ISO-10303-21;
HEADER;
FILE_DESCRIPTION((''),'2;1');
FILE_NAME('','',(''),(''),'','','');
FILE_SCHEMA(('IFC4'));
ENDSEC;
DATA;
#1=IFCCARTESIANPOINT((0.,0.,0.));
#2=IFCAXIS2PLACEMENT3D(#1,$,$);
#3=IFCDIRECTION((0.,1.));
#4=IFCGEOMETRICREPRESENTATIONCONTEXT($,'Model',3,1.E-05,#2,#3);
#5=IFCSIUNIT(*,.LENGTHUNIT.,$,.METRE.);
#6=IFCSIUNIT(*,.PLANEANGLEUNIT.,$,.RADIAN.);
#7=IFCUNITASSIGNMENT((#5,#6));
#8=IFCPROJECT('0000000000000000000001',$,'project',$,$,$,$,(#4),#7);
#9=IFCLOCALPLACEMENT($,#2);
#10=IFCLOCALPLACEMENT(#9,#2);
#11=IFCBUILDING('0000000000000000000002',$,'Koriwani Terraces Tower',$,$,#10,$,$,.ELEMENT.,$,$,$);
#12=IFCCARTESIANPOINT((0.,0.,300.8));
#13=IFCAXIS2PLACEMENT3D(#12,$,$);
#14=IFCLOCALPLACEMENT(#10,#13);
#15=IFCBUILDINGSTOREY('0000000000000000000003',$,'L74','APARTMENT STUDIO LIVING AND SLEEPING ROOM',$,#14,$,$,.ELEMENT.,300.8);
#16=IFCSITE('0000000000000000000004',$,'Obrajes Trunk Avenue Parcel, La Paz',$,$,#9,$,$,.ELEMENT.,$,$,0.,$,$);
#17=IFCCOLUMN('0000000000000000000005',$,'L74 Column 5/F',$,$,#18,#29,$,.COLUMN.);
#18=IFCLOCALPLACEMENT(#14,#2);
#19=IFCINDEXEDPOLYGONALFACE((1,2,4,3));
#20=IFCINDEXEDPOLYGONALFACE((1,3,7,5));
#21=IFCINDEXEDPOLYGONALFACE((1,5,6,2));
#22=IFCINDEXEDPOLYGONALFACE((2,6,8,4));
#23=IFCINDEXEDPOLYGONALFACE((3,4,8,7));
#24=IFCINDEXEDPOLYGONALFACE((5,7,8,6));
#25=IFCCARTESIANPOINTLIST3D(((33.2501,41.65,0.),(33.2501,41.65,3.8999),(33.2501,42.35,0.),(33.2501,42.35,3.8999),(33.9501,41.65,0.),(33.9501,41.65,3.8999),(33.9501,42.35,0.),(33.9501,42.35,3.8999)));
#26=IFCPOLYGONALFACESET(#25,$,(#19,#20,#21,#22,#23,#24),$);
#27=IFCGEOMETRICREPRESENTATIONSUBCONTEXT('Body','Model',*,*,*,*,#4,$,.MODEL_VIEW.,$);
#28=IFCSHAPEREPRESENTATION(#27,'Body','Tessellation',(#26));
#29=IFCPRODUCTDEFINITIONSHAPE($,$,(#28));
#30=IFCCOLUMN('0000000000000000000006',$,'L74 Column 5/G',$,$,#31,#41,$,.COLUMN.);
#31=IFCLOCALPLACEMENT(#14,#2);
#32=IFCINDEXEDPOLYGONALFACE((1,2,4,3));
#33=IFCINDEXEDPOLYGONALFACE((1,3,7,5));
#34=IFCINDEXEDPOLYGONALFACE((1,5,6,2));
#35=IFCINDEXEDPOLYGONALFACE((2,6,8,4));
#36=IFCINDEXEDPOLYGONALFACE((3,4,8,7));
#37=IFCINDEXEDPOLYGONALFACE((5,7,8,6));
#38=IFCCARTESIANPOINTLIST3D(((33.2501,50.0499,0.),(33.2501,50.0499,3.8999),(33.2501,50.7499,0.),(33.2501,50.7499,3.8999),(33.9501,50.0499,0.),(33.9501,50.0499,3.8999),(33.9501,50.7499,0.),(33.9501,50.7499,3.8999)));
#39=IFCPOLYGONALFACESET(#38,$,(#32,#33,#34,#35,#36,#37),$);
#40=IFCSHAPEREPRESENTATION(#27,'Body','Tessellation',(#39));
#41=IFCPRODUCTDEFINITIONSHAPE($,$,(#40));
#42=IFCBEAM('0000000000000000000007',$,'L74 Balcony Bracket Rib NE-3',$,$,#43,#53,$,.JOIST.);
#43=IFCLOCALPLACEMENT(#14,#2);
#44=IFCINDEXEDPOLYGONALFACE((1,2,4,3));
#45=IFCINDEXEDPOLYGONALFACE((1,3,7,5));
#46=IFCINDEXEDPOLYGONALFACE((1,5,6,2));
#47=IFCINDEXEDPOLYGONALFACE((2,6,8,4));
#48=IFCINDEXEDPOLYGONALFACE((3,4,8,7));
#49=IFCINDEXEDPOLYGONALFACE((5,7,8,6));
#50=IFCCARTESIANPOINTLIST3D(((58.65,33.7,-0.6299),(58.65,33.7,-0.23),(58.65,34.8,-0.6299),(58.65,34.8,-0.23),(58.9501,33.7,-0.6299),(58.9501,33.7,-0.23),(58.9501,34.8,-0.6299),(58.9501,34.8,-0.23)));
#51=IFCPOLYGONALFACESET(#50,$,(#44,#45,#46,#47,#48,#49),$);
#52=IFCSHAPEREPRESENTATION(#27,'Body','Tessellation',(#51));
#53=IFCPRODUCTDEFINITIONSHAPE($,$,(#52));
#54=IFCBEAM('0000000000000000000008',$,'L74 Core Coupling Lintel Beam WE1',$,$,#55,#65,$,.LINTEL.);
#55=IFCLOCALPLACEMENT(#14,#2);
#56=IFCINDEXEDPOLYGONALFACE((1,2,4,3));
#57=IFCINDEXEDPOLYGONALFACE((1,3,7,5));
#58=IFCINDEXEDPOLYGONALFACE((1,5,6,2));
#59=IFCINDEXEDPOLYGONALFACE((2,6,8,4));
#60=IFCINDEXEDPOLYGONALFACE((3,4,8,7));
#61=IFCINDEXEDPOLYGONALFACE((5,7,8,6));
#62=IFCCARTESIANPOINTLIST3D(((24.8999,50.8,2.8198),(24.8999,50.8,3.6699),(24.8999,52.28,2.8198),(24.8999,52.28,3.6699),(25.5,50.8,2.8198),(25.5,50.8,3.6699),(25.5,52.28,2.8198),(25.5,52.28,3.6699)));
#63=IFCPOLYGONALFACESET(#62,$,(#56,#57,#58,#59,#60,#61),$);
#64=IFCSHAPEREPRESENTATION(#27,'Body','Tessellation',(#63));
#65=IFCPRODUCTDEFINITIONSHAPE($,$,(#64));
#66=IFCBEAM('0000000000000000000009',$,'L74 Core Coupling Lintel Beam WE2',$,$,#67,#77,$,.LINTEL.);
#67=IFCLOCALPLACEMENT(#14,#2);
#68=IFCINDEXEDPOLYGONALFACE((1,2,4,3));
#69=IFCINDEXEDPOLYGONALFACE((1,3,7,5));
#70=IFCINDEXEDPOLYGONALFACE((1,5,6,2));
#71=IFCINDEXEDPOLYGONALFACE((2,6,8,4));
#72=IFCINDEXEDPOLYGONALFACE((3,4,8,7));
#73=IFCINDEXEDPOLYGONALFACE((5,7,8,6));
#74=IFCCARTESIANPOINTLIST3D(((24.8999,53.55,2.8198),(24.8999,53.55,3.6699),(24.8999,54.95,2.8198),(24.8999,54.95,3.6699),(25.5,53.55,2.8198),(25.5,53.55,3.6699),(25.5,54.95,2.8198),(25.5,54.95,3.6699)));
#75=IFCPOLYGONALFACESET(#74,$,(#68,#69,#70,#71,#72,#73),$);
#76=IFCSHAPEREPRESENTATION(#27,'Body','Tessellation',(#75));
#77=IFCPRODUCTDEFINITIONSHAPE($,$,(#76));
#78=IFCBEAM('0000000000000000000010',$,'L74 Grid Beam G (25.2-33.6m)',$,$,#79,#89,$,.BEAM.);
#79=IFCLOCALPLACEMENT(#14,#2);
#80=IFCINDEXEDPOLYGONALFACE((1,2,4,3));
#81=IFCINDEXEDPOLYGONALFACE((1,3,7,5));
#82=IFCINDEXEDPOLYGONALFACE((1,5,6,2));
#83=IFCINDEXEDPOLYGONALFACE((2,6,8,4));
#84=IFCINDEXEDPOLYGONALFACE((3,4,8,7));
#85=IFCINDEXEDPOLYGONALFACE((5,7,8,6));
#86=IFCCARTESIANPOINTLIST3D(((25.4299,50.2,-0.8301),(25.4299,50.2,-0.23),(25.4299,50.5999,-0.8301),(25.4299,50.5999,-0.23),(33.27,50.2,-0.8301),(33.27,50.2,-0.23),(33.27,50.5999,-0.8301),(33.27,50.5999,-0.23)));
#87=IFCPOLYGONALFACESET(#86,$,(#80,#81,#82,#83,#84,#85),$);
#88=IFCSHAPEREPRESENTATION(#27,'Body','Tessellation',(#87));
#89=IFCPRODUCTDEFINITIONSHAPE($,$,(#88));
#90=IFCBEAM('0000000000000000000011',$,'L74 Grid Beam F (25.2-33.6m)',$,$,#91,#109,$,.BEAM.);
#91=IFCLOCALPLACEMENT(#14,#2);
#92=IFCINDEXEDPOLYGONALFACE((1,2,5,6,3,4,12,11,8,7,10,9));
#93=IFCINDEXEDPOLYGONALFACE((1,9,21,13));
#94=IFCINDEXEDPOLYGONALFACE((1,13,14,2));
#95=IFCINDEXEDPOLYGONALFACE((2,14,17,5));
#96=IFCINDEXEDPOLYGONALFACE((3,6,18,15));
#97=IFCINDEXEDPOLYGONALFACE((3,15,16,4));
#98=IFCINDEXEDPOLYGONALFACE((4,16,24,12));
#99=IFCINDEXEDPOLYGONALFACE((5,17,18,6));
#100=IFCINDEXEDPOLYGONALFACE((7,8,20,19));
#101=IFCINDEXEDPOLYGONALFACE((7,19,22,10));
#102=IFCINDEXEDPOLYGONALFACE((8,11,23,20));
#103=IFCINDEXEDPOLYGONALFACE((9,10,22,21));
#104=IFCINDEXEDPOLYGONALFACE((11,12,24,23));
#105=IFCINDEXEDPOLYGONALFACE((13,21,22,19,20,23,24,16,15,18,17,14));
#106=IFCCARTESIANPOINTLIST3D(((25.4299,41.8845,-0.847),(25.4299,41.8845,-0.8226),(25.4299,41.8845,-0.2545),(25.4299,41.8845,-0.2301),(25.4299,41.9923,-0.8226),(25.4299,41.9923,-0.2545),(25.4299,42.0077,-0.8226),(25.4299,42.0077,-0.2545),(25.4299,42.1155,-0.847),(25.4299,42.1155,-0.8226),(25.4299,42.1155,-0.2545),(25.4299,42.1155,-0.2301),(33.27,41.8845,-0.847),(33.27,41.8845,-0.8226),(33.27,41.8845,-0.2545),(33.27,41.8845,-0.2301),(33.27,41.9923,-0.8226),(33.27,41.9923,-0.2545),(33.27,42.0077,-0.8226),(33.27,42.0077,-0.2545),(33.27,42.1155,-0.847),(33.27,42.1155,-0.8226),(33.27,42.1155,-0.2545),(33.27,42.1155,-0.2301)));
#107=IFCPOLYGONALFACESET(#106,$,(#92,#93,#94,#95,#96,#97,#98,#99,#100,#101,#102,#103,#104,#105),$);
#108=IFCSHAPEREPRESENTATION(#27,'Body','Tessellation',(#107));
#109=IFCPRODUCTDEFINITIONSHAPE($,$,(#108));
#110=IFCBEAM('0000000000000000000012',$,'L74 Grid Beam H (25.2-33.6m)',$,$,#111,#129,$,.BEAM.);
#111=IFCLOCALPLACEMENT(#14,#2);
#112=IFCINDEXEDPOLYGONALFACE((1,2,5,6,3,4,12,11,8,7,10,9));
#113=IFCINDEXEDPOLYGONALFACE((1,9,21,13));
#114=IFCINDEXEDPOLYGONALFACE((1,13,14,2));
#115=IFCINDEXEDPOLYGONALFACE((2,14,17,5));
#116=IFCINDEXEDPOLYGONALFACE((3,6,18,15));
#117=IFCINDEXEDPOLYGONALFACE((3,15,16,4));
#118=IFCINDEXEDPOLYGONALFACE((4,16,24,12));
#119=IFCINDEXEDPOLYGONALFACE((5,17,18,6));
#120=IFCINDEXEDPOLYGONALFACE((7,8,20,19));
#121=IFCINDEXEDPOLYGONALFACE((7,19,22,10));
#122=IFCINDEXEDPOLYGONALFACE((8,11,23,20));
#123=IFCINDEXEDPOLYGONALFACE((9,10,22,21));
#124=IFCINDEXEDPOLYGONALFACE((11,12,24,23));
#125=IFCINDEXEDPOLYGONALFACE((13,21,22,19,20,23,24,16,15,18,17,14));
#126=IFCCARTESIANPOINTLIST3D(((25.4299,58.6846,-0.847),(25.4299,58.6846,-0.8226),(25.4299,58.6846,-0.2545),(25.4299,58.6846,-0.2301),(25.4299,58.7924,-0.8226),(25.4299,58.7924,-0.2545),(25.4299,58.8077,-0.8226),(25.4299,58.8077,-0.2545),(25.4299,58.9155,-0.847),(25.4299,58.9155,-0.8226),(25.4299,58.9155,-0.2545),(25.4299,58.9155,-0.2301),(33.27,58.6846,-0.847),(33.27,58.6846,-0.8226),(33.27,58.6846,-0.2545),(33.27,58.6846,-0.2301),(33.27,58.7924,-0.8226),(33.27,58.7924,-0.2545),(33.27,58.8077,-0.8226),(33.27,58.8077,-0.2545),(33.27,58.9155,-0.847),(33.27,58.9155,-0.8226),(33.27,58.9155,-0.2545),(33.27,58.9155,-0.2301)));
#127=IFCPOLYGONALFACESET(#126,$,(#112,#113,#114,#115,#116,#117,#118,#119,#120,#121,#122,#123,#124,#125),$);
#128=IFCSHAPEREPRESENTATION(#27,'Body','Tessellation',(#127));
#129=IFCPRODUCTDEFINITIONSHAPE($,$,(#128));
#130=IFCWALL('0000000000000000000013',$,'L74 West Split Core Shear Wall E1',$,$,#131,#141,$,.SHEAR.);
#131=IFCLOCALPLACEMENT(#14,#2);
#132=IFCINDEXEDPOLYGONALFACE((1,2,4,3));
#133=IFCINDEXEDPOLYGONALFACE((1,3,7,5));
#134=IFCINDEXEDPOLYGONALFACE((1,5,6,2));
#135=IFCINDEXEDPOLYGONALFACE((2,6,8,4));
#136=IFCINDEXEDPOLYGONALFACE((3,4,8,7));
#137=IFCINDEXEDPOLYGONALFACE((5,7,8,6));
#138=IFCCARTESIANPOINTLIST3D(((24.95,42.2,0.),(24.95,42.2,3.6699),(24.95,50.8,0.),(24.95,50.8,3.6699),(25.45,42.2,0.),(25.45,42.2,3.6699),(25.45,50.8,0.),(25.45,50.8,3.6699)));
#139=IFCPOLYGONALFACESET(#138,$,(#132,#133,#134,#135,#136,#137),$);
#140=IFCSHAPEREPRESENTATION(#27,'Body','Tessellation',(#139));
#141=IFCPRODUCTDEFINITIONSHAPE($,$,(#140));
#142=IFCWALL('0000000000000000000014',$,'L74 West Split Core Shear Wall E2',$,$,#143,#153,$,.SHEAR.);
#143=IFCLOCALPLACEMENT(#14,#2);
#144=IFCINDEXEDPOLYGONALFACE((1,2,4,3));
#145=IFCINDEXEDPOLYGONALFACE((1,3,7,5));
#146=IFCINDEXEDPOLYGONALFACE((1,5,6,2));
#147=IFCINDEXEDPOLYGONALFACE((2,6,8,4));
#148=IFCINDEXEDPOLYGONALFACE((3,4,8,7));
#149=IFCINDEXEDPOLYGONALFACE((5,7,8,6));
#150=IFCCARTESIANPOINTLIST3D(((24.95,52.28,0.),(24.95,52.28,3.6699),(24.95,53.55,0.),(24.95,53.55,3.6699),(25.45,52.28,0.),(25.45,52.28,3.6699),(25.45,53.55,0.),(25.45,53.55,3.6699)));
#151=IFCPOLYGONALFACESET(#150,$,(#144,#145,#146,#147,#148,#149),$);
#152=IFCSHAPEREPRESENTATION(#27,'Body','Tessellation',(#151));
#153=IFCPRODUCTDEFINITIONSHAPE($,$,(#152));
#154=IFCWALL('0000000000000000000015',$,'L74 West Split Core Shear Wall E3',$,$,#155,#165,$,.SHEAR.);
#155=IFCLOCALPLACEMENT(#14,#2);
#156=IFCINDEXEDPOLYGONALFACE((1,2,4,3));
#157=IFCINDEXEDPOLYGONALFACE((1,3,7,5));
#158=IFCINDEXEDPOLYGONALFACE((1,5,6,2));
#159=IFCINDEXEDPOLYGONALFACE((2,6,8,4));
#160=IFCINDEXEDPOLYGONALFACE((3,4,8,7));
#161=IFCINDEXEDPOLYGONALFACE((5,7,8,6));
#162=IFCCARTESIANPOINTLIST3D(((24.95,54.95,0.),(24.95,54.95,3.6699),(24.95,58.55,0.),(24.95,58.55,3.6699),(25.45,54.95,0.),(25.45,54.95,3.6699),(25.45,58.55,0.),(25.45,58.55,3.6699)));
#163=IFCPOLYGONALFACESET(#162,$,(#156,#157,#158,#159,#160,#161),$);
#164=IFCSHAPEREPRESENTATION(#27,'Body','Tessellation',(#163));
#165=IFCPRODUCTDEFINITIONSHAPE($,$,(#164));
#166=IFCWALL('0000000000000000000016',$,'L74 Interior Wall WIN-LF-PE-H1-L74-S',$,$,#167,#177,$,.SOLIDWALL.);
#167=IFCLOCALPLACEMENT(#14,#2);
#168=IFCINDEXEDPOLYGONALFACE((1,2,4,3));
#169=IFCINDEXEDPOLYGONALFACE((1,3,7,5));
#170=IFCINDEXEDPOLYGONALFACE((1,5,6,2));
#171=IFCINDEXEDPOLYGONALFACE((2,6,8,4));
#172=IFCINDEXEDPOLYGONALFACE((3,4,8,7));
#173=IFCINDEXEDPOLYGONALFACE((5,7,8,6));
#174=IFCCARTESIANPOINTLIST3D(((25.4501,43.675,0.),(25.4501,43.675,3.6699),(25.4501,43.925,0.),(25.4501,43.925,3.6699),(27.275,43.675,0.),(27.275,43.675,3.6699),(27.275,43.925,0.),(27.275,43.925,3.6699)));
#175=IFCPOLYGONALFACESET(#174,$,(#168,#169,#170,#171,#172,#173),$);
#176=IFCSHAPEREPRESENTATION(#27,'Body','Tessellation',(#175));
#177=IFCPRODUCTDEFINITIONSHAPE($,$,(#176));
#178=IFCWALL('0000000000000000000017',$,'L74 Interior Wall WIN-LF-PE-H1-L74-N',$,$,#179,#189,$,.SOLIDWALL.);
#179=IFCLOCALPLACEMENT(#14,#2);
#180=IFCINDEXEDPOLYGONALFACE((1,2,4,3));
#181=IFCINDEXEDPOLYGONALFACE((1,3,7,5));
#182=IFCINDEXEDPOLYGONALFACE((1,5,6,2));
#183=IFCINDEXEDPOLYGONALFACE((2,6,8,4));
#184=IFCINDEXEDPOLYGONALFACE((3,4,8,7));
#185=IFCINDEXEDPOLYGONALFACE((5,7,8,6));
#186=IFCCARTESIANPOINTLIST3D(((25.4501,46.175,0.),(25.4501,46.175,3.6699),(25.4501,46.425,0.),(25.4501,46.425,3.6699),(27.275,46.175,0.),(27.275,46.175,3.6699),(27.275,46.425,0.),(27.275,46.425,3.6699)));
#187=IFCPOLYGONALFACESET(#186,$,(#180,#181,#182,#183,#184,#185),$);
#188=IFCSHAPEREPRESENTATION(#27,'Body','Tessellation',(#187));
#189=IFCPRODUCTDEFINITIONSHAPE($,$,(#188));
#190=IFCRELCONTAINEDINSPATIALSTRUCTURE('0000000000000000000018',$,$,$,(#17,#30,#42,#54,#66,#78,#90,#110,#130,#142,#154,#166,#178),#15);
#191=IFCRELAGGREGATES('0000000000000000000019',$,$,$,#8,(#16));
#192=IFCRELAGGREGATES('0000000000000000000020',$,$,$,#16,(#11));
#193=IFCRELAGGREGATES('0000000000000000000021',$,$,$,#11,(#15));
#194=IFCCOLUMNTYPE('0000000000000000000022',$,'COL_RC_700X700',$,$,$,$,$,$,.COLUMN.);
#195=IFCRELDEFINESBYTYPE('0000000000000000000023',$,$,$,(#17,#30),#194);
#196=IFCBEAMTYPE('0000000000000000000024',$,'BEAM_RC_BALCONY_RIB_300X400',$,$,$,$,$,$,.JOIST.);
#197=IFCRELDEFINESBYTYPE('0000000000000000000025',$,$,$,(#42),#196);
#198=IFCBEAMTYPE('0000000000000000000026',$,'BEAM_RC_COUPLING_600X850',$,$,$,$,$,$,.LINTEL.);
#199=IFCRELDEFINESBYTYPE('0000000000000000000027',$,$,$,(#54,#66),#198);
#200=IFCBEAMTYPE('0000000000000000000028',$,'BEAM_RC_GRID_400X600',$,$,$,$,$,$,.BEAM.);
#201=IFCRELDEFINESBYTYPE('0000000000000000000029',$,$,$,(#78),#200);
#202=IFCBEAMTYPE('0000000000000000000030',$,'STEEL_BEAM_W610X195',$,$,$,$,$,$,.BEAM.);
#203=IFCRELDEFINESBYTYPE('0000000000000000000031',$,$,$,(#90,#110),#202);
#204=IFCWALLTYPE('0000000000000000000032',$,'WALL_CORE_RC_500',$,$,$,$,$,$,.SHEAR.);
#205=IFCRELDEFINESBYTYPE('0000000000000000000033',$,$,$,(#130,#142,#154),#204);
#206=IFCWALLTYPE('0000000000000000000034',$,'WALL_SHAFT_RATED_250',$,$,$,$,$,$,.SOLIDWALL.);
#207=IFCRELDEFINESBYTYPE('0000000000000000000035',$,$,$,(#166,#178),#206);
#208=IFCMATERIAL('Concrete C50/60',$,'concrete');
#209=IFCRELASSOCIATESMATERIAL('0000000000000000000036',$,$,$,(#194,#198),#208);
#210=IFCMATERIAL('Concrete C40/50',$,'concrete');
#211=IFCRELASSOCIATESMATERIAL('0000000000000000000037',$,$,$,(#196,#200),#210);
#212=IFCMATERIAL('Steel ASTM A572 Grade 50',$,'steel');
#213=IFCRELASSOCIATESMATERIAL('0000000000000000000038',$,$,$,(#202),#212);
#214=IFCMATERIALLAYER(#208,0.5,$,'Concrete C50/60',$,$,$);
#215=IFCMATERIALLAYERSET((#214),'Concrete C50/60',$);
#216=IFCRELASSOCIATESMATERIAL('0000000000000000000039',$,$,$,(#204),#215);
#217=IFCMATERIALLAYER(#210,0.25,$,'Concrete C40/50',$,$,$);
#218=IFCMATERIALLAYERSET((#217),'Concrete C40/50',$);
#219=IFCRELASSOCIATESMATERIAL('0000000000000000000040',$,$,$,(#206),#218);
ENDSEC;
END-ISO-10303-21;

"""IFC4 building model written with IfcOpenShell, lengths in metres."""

from ifc_helpers import new_model, si_unit, direction, frame, frame_2d, origin, origin_2d, place, context, subcontext, project, spatial, rectangle, i_section, extrude, material, layer, layer_set, material_profile, profile_set, type_object, element, save


model = new_model("IFC4")

# Units and contexts
model_context = context("Model", 3, precision=1e-05, world=origin(), true_north=direction((0.0, 1.0)))
body_context = subcontext(model_context, "Body", "Model", "MODEL_VIEW")
ifc_project = project(units=[si_unit("LENGTHUNIT", "METRE"), si_unit("PLANEANGLEUNIT", "RADIAN")], contexts=[model_context])

# Site, building, storey
site_placement = place(None, origin())
site = spatial("IfcSite", under=ifc_project, at=site_placement, Name="Obrajes Trunk Avenue Parcel, La Paz", CompositionType="ELEMENT", RefElevation=0.0)
building_placement = place(site_placement, origin())
building = spatial("IfcBuilding", under=site, at=building_placement, Name="Koriwani Terraces Tower", CompositionType="ELEMENT")
storey_placement = place(building_placement, frame((0.0, 0.0, 300.8)))
storey = spatial("IfcBuildingStorey", under=building, at=storey_placement, Name="L74", Description="APARTMENT STUDIO LIVING AND SLEEPING ROOM", CompositionType="ELEMENT", Elevation=300.8)

# Columns
ifc_material_1 = material(Name="Concrete C50/60", Category="concrete")
ifc_material_profile_1 = material_profile(ifc_material_1, rectangle(XDim=0.7, YDim=0.7, at=origin_2d()), Name="Concrete C50/60", Category="LoadBearing")
ifc_profile_set_1 = profile_set([ifc_material_profile_1], Name="Concrete C50/60")
column_type = type_object("IfcColumnType", Name="COL_RC_700X700", PredefinedType="COLUMN", material=ifc_profile_set_1)
for number, where, z_axis, x_axis, name in (
    (1, (33.6001, 42.0, 0.0), (0.0, 0.0, 1.0), (1.0, 0.0, 0.0), "L74 Column 5/F"),
    (2, (33.6001, 50.3999, 0.0), (0.0, 0.0, 1.0), (1.0, 0.0, 0.0), "L74 Column 5/G"),
):
    element("IfcColumn", number, at=place(storey_placement, frame(where, z_axis=z_axis, x_axis=x_axis)), inside=storey, type_object=column_type, Name=name, PredefinedType="COLUMN", context=body_context, shape_type="SweptSolid", body=[
        extrude(rectangle(XDim=0.7, YDim=0.7, at=origin_2d()), origin(), (0.0, 0.0, 1.0), 3.8999),
    ])

# Beams
ifc_material_2 = material(Name="Concrete C40/50", Category="concrete")
ifc_material_profile_2 = material_profile(ifc_material_2, rectangle(XDim=0.3, YDim=0.3999, at=origin_2d()), Name="Concrete C40/50", Category="LoadBearing")
ifc_profile_set_2 = profile_set([ifc_material_profile_2], Name="Concrete C40/50")
beam_type_1 = type_object("IfcBeamType", Name="BEAM_RC_BALCONY_RIB_300X400", PredefinedType="JOIST", material=ifc_profile_set_2)
beam_1_placement = place(storey_placement, frame((58.8, 33.7, -0.4299), z_axis=(0.0, 1.0, 0.0), x_axis=(-1.0, 0.0, 0.0)))
element("IfcBeam", 3, at=beam_1_placement, inside=storey, type_object=beam_type_1, Name="L74 Balcony Bracket Rib NE-3", PredefinedType="JOIST", context=body_context, shape_type="SweptSolid", body=[
    extrude(rectangle(XDim=0.3, YDim=0.3999, at=origin_2d()), origin(), (0.0, 0.0, 1.0), 1.1001),
])
ifc_material_profile_3 = material_profile(ifc_material_1, rectangle(XDim=0.6001, YDim=0.8501, at=origin_2d()), Name="Concrete C50/60", Category="LoadBearing")
ifc_profile_set_3 = profile_set([ifc_material_profile_3], Name="Concrete C50/60")
beam_type_2 = type_object("IfcBeamType", Name="BEAM_RC_COUPLING_600X850", PredefinedType="LINTEL", material=ifc_profile_set_3)
beam_2_placement = place(storey_placement, frame((25.2, 50.8, 3.2449), z_axis=(0.0, 1.0, 0.0), x_axis=(-1.0, 0.0, 0.0)))
element("IfcBeam", 4, at=beam_2_placement, inside=storey, type_object=beam_type_2, Name="L74 Core Coupling Lintel Beam WE1", PredefinedType="LINTEL", context=body_context, shape_type="SweptSolid", body=[
    extrude(rectangle(XDim=0.6001, YDim=0.8501, at=origin_2d()), origin(), (0.0, 0.0, 1.0), 1.48),
])
beam_3_placement = place(storey_placement, frame((25.2, 53.55, 3.2449), z_axis=(0.0, 1.0, 0.0), x_axis=(-1.0, 0.0, 0.0)))
element("IfcBeam", 5, at=beam_3_placement, inside=storey, type_object=beam_type_2, Name="L74 Core Coupling Lintel Beam WE2", PredefinedType="LINTEL", context=body_context, shape_type="SweptSolid", body=[
    extrude(rectangle(XDim=0.6001, YDim=0.8501, at=origin_2d()), origin(), (0.0, 0.0, 1.0), 1.3999),
])
ifc_material_profile_4 = material_profile(ifc_material_2, rectangle(XDim=0.3999, YDim=0.6001, at=origin_2d()), Name="Concrete C40/50", Category="LoadBearing")
ifc_profile_set_4 = profile_set([ifc_material_profile_4], Name="Concrete C40/50")
beam_type_3 = type_object("IfcBeamType", Name="BEAM_RC_GRID_400X600", PredefinedType="BEAM", material=ifc_profile_set_4)
beam_4_placement = place(storey_placement, frame((25.4299, 50.3999, -0.53), z_axis=(1.0, 0.0, 0.0), x_axis=(0.0, 1.0, 0.0)))
element("IfcBeam", 6, at=beam_4_placement, inside=storey, type_object=beam_type_3, Name="L74 Grid Beam G (25.2-33.6m)", PredefinedType="BEAM", context=body_context, shape_type="SweptSolid", body=[
    extrude(rectangle(XDim=0.3999, YDim=0.6001, at=origin_2d()), origin(), (0.0, 0.0, 1.0), 7.8401),
])
ifc_material_3 = material(Name="Steel ASTM A572 Grade 50", Category="steel")
ifc_material_profile_5 = material_profile(ifc_material_3, i_section(OverallWidth=0.231, OverallDepth=0.6169, WebThickness=0.0154, FlangeThickness=0.0244, at=origin_2d()), Name="Steel ASTM A572 Grade 50", Category="LoadBearing")
ifc_profile_set_5 = profile_set([ifc_material_profile_5], Name="Steel ASTM A572 Grade 50")
beam_type_4 = type_object("IfcBeamType", Name="STEEL_BEAM_W610X195", PredefinedType="BEAM", material=ifc_profile_set_5)
for number, where, z_axis, x_axis, name in (
    (7, (25.4299, 42.0, -0.5386), (1.0, 0.0, 0.0), (0.0, 1.0, 0.0), "L74 Grid Beam F (25.2-33.6m)"),
    (8, (25.4299, 58.8, -0.5386), (1.0, 0.0, 0.0), (0.0, 1.0, 0.0), "L74 Grid Beam H (25.2-33.6m)"),
):
    element("IfcBeam", number, at=place(storey_placement, frame(where, z_axis=z_axis, x_axis=x_axis)), inside=storey, type_object=beam_type_4, Name=name, PredefinedType="BEAM", context=body_context, shape_type="SweptSolid", body=[
        extrude(i_section(OverallWidth=0.231, OverallDepth=0.6169, WebThickness=0.0154, FlangeThickness=0.0244, at=origin_2d()), origin(), (0.0, 0.0, 1.0), 7.8401),
    ])

# Walls
ifc_layer_1 = layer(ifc_material_1, 0.5, Name="Concrete C50/60")
ifc_layer_set_1 = layer_set([ifc_layer_1], Name="Concrete C50/60")
wall_type_1 = type_object("IfcWallType", Name="WALL_CORE_RC_500", PredefinedType="SHEAR", material=ifc_layer_set_1)
wall_1_placement = place(storey_placement, frame((25.2, 42.2, 0.0), z_axis=(0.0, 0.0, 1.0), x_axis=(0.0, 1.0, 0.0)))
element("IfcWall", 9, at=wall_1_placement, inside=storey, type_object=wall_type_1, Name="L74 West Split Core Shear Wall E1", PredefinedType="SHEAR", context=body_context, shape_type="SweptSolid", body=[
    extrude(rectangle(XDim=8.6001, YDim=0.5, at=frame_2d((4.3, 0.0))), origin(), (0.0, 0.0, 1.0), 3.6699),
])
wall_2_placement = place(storey_placement, frame((25.2, 52.28, 0.0), z_axis=(0.0, 0.0, 1.0), x_axis=(0.0, 1.0, 0.0)))
element("IfcWall", 10, at=wall_2_placement, inside=storey, type_object=wall_type_1, Name="L74 West Split Core Shear Wall E2", PredefinedType="SHEAR", context=body_context, shape_type="SweptSolid", body=[
    extrude(rectangle(XDim=1.27, YDim=0.5, at=frame_2d((0.635, 0.0))), origin(), (0.0, 0.0, 1.0), 3.6699),
])
wall_3_placement = place(storey_placement, frame((25.2, 54.95, 0.0), z_axis=(0.0, 0.0, 1.0), x_axis=(0.0, 1.0, 0.0)))
element("IfcWall", 11, at=wall_3_placement, inside=storey, type_object=wall_type_1, Name="L74 West Split Core Shear Wall E3", PredefinedType="SHEAR", context=body_context, shape_type="SweptSolid", body=[
    extrude(rectangle(XDim=3.6001, YDim=0.5, at=frame_2d((1.8, 0.0))), origin(), (0.0, 0.0, 1.0), 3.6699),
])

# Shared definitions
ifc_layer_2 = layer(ifc_material_2, 0.25, Name="Concrete C40/50")
ifc_layer_set_2 = layer_set([ifc_layer_2], Name="Concrete C40/50")
wall_type_2 = type_object("IfcWallType", Name="WALL_SHAFT_RATED_250", PredefinedType="SOLIDWALL", material=ifc_layer_set_2)

# Walls
for number, where, z_axis, x_axis, name in (
    (12, (25.45, 43.8, 0.0), (0.0, 0.0, 1.0), (1.0, 0.0, 0.0), "L74 Interior Wall WIN-LF-PE-H1-L74-S"),
    (13, (25.45, 46.3, 0.0), (0.0, 0.0, 1.0), (1.0, 0.0, 0.0), "L74 Interior Wall WIN-LF-PE-H1-L74-N"),
):
    element("IfcWall", number, at=place(storey_placement, frame(where, z_axis=z_axis, x_axis=x_axis)), inside=storey, type_object=wall_type_2, Name=name, PredefinedType="SOLIDWALL", context=body_context, shape_type="SweptSolid", body=[
        extrude(rectangle(XDim=1.825, YDim=0.25, at=frame_2d((0.9126, 0.0))), origin(), (0.0, 0.0, 1.0), 3.6699),
    ])

save(model, "model.ifc")
